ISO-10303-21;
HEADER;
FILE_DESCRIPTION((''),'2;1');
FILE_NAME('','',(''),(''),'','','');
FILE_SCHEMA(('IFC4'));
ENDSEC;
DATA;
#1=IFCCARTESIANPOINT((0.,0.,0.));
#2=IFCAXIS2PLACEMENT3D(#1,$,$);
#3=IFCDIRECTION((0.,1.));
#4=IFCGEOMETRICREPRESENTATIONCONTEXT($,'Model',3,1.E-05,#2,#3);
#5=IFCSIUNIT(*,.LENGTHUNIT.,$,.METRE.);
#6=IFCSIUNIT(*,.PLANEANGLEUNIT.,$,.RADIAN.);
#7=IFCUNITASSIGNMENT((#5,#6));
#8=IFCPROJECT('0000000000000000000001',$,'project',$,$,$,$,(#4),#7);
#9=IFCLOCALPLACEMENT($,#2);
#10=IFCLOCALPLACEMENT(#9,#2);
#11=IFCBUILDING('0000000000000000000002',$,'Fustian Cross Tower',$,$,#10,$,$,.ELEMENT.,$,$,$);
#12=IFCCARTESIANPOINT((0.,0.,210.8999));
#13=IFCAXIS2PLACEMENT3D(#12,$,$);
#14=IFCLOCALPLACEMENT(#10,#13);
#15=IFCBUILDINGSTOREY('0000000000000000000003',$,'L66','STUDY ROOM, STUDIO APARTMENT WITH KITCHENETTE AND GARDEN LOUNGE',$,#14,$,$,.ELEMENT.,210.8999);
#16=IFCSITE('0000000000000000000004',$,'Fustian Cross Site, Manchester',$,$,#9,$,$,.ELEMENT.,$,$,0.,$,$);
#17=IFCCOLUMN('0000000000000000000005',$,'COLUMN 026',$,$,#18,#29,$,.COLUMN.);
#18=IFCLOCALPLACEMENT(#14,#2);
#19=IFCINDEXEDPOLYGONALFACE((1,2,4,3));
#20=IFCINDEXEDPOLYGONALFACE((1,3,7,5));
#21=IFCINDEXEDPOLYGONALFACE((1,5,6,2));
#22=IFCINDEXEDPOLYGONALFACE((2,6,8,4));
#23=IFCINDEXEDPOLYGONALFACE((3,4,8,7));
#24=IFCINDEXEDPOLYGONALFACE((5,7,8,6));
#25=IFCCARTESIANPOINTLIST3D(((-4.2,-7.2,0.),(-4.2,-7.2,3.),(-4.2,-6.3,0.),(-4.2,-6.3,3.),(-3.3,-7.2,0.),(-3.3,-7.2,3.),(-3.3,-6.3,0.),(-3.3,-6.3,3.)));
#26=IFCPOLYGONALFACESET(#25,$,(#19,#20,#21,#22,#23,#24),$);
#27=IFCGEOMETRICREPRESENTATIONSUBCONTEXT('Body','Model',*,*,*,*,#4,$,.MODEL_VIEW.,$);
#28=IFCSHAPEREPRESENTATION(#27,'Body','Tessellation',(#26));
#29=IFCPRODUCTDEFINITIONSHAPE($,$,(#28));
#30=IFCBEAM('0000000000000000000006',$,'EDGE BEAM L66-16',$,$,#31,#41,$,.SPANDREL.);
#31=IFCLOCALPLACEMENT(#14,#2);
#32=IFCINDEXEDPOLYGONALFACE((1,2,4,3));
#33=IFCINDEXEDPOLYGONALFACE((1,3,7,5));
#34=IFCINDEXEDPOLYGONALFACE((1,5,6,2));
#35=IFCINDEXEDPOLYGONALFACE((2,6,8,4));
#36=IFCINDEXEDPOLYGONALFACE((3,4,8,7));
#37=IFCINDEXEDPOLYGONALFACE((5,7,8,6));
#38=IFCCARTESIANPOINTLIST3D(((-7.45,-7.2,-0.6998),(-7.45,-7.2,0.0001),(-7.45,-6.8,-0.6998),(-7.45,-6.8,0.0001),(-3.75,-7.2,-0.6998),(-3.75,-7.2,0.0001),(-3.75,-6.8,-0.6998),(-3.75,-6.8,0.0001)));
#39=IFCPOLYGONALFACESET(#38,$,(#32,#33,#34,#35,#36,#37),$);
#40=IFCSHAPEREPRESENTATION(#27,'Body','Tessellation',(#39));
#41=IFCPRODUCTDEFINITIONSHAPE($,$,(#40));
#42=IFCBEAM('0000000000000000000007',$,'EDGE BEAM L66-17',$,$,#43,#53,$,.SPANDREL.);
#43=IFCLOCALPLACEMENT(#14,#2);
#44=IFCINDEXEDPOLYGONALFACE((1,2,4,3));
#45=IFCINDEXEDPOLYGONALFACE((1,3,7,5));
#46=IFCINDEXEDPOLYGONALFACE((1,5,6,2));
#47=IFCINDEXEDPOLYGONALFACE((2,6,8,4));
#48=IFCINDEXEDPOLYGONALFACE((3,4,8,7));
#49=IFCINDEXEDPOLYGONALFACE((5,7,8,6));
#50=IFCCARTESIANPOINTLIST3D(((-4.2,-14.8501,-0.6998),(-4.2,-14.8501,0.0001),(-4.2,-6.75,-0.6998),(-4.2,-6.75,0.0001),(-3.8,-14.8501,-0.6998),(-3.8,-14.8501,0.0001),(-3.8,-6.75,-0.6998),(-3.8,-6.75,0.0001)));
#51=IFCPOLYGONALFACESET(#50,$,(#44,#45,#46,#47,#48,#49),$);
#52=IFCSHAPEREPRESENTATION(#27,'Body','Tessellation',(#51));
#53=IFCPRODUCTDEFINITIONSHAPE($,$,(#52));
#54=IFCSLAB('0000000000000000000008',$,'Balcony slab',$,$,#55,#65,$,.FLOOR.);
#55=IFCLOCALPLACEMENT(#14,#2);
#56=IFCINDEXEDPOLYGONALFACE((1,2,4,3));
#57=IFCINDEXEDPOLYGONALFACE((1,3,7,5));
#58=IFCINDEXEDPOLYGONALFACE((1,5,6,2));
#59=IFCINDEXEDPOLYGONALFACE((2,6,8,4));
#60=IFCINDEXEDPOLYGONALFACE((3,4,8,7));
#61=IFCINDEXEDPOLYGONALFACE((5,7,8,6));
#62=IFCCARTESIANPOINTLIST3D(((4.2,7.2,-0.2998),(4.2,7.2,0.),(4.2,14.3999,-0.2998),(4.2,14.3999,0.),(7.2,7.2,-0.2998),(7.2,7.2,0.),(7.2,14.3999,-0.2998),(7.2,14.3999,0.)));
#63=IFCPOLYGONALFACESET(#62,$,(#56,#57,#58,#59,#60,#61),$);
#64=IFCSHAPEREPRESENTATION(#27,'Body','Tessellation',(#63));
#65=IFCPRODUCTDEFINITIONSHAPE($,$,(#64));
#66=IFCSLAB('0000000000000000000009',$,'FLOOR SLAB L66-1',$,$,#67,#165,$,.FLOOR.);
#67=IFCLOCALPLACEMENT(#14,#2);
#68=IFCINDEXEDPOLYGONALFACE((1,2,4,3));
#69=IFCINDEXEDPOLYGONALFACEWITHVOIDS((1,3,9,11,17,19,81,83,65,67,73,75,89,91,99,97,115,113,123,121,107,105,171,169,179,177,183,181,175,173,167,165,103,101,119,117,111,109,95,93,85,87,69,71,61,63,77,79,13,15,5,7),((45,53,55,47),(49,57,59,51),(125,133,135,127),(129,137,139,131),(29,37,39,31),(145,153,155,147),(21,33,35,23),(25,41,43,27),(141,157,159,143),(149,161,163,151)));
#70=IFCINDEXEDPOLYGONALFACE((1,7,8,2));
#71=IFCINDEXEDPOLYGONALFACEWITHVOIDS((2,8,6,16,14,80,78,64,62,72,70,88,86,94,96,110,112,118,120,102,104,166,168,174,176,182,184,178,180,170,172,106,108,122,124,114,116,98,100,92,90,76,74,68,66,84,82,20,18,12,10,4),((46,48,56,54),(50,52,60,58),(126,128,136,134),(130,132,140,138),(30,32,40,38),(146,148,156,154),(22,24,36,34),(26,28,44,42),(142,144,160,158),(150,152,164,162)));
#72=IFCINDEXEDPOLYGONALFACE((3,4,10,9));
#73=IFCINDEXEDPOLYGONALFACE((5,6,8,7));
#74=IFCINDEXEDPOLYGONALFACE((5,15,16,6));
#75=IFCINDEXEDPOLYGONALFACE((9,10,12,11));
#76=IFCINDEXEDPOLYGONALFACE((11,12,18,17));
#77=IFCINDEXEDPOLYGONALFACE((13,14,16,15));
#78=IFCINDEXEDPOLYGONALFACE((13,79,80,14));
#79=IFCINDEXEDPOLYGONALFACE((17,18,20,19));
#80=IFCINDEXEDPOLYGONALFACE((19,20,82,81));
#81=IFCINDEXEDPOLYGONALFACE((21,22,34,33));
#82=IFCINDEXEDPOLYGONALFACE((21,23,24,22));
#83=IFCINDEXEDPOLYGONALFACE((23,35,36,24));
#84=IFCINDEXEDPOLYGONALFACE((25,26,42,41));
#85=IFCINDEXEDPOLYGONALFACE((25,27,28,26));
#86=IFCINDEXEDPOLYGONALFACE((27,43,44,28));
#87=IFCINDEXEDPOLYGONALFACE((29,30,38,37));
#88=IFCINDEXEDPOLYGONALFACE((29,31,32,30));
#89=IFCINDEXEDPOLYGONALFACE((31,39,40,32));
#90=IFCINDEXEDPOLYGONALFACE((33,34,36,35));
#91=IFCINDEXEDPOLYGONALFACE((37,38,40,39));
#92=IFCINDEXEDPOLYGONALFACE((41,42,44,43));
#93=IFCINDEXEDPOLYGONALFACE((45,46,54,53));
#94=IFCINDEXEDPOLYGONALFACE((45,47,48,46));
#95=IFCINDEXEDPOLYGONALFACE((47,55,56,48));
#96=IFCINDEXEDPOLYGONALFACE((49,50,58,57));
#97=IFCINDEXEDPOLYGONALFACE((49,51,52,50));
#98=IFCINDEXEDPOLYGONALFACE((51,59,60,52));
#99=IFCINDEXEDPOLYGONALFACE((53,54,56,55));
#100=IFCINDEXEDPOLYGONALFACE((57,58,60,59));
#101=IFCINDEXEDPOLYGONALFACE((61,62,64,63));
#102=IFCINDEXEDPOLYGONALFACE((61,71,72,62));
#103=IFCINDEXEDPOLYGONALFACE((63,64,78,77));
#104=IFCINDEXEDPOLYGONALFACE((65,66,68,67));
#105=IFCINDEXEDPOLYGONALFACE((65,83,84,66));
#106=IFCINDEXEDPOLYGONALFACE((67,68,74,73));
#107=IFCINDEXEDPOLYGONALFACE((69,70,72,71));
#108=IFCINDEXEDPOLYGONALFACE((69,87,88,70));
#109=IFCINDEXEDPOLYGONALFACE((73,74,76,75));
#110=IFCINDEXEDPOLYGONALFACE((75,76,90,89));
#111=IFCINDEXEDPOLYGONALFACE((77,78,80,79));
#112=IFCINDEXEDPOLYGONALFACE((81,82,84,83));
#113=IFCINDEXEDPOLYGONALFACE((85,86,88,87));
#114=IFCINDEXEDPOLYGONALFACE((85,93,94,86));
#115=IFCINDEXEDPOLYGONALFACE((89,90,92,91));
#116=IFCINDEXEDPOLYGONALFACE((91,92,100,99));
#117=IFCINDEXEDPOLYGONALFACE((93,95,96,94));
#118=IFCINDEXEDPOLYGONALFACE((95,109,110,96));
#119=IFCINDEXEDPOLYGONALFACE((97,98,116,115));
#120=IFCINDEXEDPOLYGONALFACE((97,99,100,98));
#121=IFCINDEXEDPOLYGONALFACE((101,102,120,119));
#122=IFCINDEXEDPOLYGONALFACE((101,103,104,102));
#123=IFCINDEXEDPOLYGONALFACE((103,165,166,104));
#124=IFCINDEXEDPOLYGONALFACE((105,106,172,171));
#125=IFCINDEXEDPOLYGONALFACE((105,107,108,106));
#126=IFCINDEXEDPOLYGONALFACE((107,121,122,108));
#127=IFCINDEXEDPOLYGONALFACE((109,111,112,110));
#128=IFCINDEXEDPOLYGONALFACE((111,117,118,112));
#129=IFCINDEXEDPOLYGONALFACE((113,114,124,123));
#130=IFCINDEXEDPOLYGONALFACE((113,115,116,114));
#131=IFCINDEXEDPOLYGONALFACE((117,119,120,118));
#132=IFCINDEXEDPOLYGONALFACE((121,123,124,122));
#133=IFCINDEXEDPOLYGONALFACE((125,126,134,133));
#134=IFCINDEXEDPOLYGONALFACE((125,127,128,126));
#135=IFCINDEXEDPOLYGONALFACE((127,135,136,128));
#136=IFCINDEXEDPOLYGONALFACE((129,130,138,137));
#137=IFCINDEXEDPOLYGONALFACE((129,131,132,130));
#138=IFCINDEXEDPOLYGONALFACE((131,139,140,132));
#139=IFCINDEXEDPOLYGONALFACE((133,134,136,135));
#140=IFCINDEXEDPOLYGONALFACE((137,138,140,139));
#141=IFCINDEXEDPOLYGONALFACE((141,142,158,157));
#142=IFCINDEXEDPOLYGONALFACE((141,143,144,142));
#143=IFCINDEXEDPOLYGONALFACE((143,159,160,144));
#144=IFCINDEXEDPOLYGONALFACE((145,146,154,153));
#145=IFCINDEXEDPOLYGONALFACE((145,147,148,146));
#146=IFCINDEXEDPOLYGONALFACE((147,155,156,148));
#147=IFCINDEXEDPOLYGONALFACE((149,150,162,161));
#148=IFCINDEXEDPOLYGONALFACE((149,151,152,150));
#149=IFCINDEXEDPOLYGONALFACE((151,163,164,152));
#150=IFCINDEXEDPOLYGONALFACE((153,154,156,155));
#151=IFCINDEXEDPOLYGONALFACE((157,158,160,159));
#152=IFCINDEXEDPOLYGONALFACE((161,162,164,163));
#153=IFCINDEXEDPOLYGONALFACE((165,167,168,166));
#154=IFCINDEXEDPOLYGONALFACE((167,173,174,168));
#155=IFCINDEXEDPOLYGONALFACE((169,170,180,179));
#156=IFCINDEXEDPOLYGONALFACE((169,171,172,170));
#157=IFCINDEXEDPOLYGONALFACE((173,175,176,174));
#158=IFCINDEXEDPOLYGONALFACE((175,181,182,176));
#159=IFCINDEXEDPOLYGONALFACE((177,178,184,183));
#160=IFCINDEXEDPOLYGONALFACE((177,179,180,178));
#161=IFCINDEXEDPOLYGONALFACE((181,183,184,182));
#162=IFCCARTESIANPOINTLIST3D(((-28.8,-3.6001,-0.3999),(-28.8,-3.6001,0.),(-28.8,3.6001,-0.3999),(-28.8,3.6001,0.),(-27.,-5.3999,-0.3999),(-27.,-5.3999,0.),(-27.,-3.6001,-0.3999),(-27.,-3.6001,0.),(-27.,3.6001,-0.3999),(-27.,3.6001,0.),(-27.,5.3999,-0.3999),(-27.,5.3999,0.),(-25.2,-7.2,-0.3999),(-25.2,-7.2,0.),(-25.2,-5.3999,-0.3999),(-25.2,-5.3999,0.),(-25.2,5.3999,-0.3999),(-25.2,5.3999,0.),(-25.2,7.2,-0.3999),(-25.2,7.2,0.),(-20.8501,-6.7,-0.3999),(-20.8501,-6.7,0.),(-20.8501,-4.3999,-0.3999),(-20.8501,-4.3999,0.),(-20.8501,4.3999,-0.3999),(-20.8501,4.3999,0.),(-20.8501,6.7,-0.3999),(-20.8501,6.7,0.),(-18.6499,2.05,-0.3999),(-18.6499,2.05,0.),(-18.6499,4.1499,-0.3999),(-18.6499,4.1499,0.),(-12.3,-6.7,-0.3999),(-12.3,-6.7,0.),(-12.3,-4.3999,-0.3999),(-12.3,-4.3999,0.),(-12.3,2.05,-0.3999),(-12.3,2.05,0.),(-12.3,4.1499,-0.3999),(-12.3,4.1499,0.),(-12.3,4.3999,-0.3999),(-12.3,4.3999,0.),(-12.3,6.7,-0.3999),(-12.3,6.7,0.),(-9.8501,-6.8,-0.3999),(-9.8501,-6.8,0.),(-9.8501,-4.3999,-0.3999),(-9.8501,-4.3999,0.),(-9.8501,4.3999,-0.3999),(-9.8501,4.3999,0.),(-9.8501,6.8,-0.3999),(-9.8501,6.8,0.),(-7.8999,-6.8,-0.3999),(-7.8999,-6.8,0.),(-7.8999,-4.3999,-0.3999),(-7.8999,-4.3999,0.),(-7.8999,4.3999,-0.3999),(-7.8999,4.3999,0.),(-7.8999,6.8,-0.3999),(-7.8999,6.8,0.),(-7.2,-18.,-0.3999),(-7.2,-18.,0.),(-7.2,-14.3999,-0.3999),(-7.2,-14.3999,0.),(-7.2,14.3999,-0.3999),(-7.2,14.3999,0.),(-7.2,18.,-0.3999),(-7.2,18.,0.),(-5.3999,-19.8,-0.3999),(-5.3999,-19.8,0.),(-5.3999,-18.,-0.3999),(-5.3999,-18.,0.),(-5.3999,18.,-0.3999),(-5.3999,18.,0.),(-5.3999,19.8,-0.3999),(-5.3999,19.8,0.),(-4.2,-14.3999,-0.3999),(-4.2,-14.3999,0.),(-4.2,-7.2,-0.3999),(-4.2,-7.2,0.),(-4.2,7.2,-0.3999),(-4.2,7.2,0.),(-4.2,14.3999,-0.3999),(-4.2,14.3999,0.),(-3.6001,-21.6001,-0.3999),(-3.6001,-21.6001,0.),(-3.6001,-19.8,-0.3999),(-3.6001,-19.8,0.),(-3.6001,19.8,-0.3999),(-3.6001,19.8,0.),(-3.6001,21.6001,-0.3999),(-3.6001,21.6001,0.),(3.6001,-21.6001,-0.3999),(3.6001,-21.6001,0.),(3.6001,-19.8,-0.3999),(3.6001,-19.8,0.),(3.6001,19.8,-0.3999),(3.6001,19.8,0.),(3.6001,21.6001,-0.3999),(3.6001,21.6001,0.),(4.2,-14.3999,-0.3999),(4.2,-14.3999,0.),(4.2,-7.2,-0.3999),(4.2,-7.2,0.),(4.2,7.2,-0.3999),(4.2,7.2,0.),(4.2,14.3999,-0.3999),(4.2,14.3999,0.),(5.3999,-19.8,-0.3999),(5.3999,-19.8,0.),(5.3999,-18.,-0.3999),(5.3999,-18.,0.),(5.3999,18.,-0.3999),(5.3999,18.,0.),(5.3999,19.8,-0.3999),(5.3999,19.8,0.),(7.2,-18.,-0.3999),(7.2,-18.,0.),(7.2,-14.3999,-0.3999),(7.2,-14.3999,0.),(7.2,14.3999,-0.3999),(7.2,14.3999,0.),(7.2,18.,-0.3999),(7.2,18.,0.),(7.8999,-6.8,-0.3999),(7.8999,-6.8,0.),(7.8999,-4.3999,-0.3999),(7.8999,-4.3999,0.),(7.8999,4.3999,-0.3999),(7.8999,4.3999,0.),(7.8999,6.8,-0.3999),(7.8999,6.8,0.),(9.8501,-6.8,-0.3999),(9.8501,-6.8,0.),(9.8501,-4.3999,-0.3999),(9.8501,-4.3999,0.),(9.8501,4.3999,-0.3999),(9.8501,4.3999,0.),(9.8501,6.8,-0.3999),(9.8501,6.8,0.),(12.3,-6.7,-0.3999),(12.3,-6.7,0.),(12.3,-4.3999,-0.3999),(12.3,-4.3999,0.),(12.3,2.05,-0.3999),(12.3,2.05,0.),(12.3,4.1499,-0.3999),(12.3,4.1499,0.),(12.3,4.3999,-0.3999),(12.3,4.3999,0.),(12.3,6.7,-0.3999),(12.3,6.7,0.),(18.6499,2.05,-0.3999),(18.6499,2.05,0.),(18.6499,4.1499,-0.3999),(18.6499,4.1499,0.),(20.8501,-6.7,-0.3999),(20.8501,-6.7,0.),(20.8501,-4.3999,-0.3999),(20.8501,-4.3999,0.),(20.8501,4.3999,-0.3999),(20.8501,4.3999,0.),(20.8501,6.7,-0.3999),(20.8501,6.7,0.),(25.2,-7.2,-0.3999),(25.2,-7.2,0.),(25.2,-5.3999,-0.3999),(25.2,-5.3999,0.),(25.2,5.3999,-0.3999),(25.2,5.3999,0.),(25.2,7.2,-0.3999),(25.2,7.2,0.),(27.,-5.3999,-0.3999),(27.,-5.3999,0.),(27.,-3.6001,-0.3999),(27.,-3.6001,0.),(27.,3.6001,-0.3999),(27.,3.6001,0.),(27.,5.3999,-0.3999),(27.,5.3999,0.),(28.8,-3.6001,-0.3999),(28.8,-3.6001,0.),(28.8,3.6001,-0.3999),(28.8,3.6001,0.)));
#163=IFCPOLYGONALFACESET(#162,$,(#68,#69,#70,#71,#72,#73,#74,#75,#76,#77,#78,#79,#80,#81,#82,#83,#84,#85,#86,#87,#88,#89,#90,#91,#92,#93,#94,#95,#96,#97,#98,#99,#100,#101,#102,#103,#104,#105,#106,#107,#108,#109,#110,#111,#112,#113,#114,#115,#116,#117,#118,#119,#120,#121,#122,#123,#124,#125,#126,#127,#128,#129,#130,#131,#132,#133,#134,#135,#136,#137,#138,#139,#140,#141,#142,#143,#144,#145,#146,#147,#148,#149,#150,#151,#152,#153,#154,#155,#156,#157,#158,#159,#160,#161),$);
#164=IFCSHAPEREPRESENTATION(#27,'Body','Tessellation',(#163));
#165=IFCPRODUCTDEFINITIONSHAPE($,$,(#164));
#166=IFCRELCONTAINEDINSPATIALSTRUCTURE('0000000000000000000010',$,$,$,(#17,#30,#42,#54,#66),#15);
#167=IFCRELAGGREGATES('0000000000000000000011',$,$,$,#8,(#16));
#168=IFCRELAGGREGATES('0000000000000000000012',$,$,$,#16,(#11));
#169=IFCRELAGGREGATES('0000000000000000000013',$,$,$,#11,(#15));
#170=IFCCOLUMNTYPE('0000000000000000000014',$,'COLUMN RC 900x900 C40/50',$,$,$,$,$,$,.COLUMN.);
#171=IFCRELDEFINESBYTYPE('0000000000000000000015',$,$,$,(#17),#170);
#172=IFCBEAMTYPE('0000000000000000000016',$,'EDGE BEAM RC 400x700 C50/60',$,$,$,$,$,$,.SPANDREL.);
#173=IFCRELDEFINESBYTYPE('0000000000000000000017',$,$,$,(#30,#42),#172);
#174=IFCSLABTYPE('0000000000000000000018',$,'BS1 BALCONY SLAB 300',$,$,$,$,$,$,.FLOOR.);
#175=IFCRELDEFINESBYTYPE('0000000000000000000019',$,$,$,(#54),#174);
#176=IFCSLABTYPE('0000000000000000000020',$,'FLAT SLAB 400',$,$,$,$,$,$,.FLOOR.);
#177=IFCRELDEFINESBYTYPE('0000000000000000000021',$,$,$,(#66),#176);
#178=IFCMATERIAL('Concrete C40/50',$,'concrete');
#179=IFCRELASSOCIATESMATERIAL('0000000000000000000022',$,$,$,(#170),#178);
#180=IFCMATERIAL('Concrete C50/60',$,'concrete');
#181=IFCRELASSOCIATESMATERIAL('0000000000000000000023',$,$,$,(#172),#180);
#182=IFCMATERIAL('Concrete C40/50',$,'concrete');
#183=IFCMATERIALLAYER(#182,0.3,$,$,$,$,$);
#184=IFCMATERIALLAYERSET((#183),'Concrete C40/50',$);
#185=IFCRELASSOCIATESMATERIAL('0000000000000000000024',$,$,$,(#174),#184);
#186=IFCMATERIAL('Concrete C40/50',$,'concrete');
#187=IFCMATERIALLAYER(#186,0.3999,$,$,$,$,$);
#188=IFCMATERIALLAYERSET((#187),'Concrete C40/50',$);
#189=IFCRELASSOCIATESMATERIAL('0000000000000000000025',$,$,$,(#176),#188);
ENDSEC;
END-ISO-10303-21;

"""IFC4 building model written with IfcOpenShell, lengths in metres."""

from ifc_helpers import new_model, si_unit, direction, frame, origin, origin_2d, place, context, subcontext, project, spatial, polyline, rectangle, outline, extrude, material, layer, layer_set, material_profile, profile_set, type_object, element, save


model = new_model("IFC4")

# Units and contexts
model_context = context("Model", 3, precision=1e-05, world=origin(), true_north=direction((0.0, 1.0)))
body_context = subcontext(model_context, "Body", "Model", "MODEL_VIEW")
ifc_project = project(units=[si_unit("LENGTHUNIT", "METRE"), si_unit("PLANEANGLEUNIT", "RADIAN")], contexts=[model_context])

# Site, building, storey
site_placement = place(None, origin())
site = spatial("IfcSite", under=ifc_project, at=site_placement, Name="Fustian Cross Site, Manchester", CompositionType="ELEMENT", RefElevation=0.0)
building_placement = place(site_placement, origin())
building = spatial("IfcBuilding", under=site, at=building_placement, Name="Fustian Cross Tower", CompositionType="ELEMENT")
storey_placement = place(building_placement, frame((0.0, 0.0, 210.8999)))
storey = spatial("IfcBuildingStorey", under=building, at=storey_placement, Name="L66", Description="STUDY ROOM, STUDIO APARTMENT WITH KITCHENETTE AND GARDEN LOUNGE", CompositionType="ELEMENT", Elevation=210.8999)

# Column
ifc_material_1 = material(Name="Concrete C40/50", Category="concrete")
ifc_material_profile_1 = material_profile(ifc_material_1, rectangle(XDim=0.8999, YDim=0.8999, at=origin_2d()), Name="RC 900x900")
ifc_profile_set_1 = profile_set([ifc_material_profile_1], Name="Concrete C40/50")
column_type = type_object("IfcColumnType", Name="COLUMN RC 900x900 C40/50", PredefinedType="COLUMN", material=ifc_profile_set_1)
column_placement = place(storey_placement, frame((-3.75, -6.75, 0.0), z_axis=(0.0, 0.0, 1.0), x_axis=(1.0, 0.0, 0.0)))
element("IfcColumn", 1, at=column_placement, inside=storey, type_object=column_type, Name="COLUMN 026", PredefinedType="COLUMN", context=body_context, shape_type="SweptSolid", body=[
    extrude(rectangle(XDim=0.8999, YDim=0.8999, at=origin_2d()), origin(), (0.0, 0.0, 1.0), 3.0),
])

# Beams
ifc_material_2 = material(Name="Concrete C50/60", Category="concrete")
ifc_material_profile_2 = material_profile(ifc_material_2, rectangle(XDim=0.3999, YDim=0.7, at=origin_2d()), Name="RC 400x700")
ifc_profile_set_2 = profile_set([ifc_material_profile_2], Name="Concrete C50/60")
beam_type = type_object("IfcBeamType", Name="EDGE BEAM RC 400x700 C50/60", PredefinedType="SPANDREL", material=ifc_profile_set_2)
beam_1_placement = place(storey_placement, frame((-7.45, -7.0, -0.3499), z_axis=(1.0, 0.0, 0.0), x_axis=(0.0, 1.0, 0.0)))
element("IfcBeam", 2, at=beam_1_placement, inside=storey, type_object=beam_type, Name="EDGE BEAM L66-16", PredefinedType="SPANDREL", context=body_context, shape_type="SweptSolid", body=[
    extrude(rectangle(XDim=0.3999, YDim=0.7, at=origin_2d()), origin(), (0.0, 0.0, 1.0), 3.7),
])
beam_2_placement = place(storey_placement, frame((-4.0, -6.75, -0.3499), z_axis=(0.0, -1.0, 0.0), x_axis=(1.0, 0.0, 0.0)))
element("IfcBeam", 3, at=beam_2_placement, inside=storey, type_object=beam_type, Name="EDGE BEAM L66-17", PredefinedType="SPANDREL", context=body_context, shape_type="SweptSolid", body=[
    extrude(rectangle(XDim=0.3999, YDim=0.7, at=origin_2d()), origin(), (0.0, 0.0, 1.0), 8.1001),
])

# Slabs
ifc_material_3 = material(Name="Concrete C40/50", Category="concrete")
ifc_layer_1 = layer(ifc_material_3, 0.3)
ifc_layer_set_1 = layer_set([ifc_layer_1], Name="Concrete C40/50")
slab_type_1 = type_object("IfcSlabType", Name="BS1 BALCONY SLAB 300", PredefinedType="FLOOR", material=ifc_layer_set_1)
slab_1_placement = place(storey_placement, frame((0.0, 0.0, -0.2998)))
element("IfcSlab", 4, at=slab_1_placement, inside=storey, type_object=slab_type_1, Name="Balcony slab", PredefinedType="FLOOR", context=body_context, shape_type="SweptSolid", body=[
    extrude(outline(polyline([(4.2, 7.2), (7.2, 7.2), (7.2, 14.3999), (4.2, 14.3999), (4.2, 7.2)])), origin(), (0.0, 0.0, 1.0), 0.2998),
])
ifc_material_4 = material(Name="Concrete C40/50", Category="concrete")
ifc_layer_2 = layer(ifc_material_4, 0.3999)
ifc_layer_set_2 = layer_set([ifc_layer_2], Name="Concrete C40/50")
slab_type_2 = type_object("IfcSlabType", Name="FLAT SLAB 400", PredefinedType="FLOOR", material=ifc_layer_set_2)
slab_2_placement = place(storey_placement, frame((0.0, 0.0, -0.3999)))
element("IfcSlab", 5, at=slab_2_placement, inside=storey, type_object=slab_type_2, Name="FLOOR SLAB L66-1", PredefinedType="FLOOR", context=body_context, shape_type="SweptSolid", body=[
    extrude(outline(polyline([(-3.6001, -19.8), (-5.3999, -19.8), (-5.3999, -18.0), (-7.2, -18.0), (-7.2, -14.3999), (-4.2, -14.3999), (-4.2, -7.2), (-25.2, -7.2), (-25.2, -5.3999), (-27.0, -5.3999), (-27.0, -3.6001), (-28.8, -3.6001), (-28.8, 3.6001), (-27.0, 3.6001), (-27.0, 5.3999), (-25.2, 5.3999), (-25.2, 7.2), (-4.2, 7.2), (-4.2, 14.3999), (-7.2, 14.3999), (-7.2, 18.0), (-5.3999, 18.0), (-5.3999, 19.8), (-3.6001, 19.8), (-3.6001, 21.6001), (3.6001, 21.6001), (3.6001, 19.8), (5.3999, 19.8), (5.3999, 18.0), (7.2, 18.0), (7.2, 14.3999), (4.2, 14.3999), (4.2, 7.2), (25.2, 7.2), (25.2, 5.3999), (27.0, 5.3999), (27.0, 3.6001), (28.8, 3.6001), (28.8, -3.6001), (27.0, -3.6001), (27.0, -5.3999), (25.2, -5.3999), (25.2, -7.2), (4.2, -7.2), (4.2, -14.3999), (7.2, -14.3999), (7.2, -18.0), (5.3999, -18.0), (5.3999, -19.8), (3.6001, -19.8), (3.6001, -21.6001), (-3.6001, -21.6001), (-3.6001, -19.8)]), holes=[polyline([(7.8999, 6.8), (7.8999, 4.3999), (9.8501, 4.3999), (9.8501, 6.8), (7.8999, 6.8)]), polyline([(9.8501, -4.3999), (7.8999, -4.3999), (7.8999, -6.8), (9.8501, -6.8), (9.8501, -4.3999)]), polyline([(-7.8999, 4.3999), (-7.8999, 6.8), (-9.8501, 6.8), (-9.8501, 4.3999), (-7.8999, 4.3999)]), polyline([(-9.8501, -6.8), (-7.8999, -6.8), (-7.8999, -4.3999), (-9.8501, -4.3999), (-9.8501, -6.8)]), polyline([(12.3, 4.1499), (12.3, 2.05), (18.6499, 2.05), (18.6499, 4.1499), (12.3, 4.1499)]), polyline([(-12.3, 4.1499), (-18.6499, 4.1499), (-18.6499, 2.05), (-12.3, 2.05), (-12.3, 4.1499)]), polyline([(20.8501, 4.3999), (20.8501, 6.7), (12.3, 6.7), (12.3, 4.3999), (20.8501, 4.3999)]), polyline([(12.3, -6.7), (20.8501, -6.7), (20.8501, -4.3999), (12.3, -4.3999), (12.3, -6.7)]), polyline([(-20.8501, 6.7), (-20.8501, 4.3999), (-12.3, 4.3999), (-12.3, 6.7), (-20.8501, 6.7)]), polyline([(-12.3, -4.3999), (-20.8501, -4.3999), (-20.8501, -6.7), (-12.3, -6.7), (-12.3, -4.3999)])]), origin(), (0.0, 0.0, 1.0), 0.3999),
])

save(model, "model.ifc")
